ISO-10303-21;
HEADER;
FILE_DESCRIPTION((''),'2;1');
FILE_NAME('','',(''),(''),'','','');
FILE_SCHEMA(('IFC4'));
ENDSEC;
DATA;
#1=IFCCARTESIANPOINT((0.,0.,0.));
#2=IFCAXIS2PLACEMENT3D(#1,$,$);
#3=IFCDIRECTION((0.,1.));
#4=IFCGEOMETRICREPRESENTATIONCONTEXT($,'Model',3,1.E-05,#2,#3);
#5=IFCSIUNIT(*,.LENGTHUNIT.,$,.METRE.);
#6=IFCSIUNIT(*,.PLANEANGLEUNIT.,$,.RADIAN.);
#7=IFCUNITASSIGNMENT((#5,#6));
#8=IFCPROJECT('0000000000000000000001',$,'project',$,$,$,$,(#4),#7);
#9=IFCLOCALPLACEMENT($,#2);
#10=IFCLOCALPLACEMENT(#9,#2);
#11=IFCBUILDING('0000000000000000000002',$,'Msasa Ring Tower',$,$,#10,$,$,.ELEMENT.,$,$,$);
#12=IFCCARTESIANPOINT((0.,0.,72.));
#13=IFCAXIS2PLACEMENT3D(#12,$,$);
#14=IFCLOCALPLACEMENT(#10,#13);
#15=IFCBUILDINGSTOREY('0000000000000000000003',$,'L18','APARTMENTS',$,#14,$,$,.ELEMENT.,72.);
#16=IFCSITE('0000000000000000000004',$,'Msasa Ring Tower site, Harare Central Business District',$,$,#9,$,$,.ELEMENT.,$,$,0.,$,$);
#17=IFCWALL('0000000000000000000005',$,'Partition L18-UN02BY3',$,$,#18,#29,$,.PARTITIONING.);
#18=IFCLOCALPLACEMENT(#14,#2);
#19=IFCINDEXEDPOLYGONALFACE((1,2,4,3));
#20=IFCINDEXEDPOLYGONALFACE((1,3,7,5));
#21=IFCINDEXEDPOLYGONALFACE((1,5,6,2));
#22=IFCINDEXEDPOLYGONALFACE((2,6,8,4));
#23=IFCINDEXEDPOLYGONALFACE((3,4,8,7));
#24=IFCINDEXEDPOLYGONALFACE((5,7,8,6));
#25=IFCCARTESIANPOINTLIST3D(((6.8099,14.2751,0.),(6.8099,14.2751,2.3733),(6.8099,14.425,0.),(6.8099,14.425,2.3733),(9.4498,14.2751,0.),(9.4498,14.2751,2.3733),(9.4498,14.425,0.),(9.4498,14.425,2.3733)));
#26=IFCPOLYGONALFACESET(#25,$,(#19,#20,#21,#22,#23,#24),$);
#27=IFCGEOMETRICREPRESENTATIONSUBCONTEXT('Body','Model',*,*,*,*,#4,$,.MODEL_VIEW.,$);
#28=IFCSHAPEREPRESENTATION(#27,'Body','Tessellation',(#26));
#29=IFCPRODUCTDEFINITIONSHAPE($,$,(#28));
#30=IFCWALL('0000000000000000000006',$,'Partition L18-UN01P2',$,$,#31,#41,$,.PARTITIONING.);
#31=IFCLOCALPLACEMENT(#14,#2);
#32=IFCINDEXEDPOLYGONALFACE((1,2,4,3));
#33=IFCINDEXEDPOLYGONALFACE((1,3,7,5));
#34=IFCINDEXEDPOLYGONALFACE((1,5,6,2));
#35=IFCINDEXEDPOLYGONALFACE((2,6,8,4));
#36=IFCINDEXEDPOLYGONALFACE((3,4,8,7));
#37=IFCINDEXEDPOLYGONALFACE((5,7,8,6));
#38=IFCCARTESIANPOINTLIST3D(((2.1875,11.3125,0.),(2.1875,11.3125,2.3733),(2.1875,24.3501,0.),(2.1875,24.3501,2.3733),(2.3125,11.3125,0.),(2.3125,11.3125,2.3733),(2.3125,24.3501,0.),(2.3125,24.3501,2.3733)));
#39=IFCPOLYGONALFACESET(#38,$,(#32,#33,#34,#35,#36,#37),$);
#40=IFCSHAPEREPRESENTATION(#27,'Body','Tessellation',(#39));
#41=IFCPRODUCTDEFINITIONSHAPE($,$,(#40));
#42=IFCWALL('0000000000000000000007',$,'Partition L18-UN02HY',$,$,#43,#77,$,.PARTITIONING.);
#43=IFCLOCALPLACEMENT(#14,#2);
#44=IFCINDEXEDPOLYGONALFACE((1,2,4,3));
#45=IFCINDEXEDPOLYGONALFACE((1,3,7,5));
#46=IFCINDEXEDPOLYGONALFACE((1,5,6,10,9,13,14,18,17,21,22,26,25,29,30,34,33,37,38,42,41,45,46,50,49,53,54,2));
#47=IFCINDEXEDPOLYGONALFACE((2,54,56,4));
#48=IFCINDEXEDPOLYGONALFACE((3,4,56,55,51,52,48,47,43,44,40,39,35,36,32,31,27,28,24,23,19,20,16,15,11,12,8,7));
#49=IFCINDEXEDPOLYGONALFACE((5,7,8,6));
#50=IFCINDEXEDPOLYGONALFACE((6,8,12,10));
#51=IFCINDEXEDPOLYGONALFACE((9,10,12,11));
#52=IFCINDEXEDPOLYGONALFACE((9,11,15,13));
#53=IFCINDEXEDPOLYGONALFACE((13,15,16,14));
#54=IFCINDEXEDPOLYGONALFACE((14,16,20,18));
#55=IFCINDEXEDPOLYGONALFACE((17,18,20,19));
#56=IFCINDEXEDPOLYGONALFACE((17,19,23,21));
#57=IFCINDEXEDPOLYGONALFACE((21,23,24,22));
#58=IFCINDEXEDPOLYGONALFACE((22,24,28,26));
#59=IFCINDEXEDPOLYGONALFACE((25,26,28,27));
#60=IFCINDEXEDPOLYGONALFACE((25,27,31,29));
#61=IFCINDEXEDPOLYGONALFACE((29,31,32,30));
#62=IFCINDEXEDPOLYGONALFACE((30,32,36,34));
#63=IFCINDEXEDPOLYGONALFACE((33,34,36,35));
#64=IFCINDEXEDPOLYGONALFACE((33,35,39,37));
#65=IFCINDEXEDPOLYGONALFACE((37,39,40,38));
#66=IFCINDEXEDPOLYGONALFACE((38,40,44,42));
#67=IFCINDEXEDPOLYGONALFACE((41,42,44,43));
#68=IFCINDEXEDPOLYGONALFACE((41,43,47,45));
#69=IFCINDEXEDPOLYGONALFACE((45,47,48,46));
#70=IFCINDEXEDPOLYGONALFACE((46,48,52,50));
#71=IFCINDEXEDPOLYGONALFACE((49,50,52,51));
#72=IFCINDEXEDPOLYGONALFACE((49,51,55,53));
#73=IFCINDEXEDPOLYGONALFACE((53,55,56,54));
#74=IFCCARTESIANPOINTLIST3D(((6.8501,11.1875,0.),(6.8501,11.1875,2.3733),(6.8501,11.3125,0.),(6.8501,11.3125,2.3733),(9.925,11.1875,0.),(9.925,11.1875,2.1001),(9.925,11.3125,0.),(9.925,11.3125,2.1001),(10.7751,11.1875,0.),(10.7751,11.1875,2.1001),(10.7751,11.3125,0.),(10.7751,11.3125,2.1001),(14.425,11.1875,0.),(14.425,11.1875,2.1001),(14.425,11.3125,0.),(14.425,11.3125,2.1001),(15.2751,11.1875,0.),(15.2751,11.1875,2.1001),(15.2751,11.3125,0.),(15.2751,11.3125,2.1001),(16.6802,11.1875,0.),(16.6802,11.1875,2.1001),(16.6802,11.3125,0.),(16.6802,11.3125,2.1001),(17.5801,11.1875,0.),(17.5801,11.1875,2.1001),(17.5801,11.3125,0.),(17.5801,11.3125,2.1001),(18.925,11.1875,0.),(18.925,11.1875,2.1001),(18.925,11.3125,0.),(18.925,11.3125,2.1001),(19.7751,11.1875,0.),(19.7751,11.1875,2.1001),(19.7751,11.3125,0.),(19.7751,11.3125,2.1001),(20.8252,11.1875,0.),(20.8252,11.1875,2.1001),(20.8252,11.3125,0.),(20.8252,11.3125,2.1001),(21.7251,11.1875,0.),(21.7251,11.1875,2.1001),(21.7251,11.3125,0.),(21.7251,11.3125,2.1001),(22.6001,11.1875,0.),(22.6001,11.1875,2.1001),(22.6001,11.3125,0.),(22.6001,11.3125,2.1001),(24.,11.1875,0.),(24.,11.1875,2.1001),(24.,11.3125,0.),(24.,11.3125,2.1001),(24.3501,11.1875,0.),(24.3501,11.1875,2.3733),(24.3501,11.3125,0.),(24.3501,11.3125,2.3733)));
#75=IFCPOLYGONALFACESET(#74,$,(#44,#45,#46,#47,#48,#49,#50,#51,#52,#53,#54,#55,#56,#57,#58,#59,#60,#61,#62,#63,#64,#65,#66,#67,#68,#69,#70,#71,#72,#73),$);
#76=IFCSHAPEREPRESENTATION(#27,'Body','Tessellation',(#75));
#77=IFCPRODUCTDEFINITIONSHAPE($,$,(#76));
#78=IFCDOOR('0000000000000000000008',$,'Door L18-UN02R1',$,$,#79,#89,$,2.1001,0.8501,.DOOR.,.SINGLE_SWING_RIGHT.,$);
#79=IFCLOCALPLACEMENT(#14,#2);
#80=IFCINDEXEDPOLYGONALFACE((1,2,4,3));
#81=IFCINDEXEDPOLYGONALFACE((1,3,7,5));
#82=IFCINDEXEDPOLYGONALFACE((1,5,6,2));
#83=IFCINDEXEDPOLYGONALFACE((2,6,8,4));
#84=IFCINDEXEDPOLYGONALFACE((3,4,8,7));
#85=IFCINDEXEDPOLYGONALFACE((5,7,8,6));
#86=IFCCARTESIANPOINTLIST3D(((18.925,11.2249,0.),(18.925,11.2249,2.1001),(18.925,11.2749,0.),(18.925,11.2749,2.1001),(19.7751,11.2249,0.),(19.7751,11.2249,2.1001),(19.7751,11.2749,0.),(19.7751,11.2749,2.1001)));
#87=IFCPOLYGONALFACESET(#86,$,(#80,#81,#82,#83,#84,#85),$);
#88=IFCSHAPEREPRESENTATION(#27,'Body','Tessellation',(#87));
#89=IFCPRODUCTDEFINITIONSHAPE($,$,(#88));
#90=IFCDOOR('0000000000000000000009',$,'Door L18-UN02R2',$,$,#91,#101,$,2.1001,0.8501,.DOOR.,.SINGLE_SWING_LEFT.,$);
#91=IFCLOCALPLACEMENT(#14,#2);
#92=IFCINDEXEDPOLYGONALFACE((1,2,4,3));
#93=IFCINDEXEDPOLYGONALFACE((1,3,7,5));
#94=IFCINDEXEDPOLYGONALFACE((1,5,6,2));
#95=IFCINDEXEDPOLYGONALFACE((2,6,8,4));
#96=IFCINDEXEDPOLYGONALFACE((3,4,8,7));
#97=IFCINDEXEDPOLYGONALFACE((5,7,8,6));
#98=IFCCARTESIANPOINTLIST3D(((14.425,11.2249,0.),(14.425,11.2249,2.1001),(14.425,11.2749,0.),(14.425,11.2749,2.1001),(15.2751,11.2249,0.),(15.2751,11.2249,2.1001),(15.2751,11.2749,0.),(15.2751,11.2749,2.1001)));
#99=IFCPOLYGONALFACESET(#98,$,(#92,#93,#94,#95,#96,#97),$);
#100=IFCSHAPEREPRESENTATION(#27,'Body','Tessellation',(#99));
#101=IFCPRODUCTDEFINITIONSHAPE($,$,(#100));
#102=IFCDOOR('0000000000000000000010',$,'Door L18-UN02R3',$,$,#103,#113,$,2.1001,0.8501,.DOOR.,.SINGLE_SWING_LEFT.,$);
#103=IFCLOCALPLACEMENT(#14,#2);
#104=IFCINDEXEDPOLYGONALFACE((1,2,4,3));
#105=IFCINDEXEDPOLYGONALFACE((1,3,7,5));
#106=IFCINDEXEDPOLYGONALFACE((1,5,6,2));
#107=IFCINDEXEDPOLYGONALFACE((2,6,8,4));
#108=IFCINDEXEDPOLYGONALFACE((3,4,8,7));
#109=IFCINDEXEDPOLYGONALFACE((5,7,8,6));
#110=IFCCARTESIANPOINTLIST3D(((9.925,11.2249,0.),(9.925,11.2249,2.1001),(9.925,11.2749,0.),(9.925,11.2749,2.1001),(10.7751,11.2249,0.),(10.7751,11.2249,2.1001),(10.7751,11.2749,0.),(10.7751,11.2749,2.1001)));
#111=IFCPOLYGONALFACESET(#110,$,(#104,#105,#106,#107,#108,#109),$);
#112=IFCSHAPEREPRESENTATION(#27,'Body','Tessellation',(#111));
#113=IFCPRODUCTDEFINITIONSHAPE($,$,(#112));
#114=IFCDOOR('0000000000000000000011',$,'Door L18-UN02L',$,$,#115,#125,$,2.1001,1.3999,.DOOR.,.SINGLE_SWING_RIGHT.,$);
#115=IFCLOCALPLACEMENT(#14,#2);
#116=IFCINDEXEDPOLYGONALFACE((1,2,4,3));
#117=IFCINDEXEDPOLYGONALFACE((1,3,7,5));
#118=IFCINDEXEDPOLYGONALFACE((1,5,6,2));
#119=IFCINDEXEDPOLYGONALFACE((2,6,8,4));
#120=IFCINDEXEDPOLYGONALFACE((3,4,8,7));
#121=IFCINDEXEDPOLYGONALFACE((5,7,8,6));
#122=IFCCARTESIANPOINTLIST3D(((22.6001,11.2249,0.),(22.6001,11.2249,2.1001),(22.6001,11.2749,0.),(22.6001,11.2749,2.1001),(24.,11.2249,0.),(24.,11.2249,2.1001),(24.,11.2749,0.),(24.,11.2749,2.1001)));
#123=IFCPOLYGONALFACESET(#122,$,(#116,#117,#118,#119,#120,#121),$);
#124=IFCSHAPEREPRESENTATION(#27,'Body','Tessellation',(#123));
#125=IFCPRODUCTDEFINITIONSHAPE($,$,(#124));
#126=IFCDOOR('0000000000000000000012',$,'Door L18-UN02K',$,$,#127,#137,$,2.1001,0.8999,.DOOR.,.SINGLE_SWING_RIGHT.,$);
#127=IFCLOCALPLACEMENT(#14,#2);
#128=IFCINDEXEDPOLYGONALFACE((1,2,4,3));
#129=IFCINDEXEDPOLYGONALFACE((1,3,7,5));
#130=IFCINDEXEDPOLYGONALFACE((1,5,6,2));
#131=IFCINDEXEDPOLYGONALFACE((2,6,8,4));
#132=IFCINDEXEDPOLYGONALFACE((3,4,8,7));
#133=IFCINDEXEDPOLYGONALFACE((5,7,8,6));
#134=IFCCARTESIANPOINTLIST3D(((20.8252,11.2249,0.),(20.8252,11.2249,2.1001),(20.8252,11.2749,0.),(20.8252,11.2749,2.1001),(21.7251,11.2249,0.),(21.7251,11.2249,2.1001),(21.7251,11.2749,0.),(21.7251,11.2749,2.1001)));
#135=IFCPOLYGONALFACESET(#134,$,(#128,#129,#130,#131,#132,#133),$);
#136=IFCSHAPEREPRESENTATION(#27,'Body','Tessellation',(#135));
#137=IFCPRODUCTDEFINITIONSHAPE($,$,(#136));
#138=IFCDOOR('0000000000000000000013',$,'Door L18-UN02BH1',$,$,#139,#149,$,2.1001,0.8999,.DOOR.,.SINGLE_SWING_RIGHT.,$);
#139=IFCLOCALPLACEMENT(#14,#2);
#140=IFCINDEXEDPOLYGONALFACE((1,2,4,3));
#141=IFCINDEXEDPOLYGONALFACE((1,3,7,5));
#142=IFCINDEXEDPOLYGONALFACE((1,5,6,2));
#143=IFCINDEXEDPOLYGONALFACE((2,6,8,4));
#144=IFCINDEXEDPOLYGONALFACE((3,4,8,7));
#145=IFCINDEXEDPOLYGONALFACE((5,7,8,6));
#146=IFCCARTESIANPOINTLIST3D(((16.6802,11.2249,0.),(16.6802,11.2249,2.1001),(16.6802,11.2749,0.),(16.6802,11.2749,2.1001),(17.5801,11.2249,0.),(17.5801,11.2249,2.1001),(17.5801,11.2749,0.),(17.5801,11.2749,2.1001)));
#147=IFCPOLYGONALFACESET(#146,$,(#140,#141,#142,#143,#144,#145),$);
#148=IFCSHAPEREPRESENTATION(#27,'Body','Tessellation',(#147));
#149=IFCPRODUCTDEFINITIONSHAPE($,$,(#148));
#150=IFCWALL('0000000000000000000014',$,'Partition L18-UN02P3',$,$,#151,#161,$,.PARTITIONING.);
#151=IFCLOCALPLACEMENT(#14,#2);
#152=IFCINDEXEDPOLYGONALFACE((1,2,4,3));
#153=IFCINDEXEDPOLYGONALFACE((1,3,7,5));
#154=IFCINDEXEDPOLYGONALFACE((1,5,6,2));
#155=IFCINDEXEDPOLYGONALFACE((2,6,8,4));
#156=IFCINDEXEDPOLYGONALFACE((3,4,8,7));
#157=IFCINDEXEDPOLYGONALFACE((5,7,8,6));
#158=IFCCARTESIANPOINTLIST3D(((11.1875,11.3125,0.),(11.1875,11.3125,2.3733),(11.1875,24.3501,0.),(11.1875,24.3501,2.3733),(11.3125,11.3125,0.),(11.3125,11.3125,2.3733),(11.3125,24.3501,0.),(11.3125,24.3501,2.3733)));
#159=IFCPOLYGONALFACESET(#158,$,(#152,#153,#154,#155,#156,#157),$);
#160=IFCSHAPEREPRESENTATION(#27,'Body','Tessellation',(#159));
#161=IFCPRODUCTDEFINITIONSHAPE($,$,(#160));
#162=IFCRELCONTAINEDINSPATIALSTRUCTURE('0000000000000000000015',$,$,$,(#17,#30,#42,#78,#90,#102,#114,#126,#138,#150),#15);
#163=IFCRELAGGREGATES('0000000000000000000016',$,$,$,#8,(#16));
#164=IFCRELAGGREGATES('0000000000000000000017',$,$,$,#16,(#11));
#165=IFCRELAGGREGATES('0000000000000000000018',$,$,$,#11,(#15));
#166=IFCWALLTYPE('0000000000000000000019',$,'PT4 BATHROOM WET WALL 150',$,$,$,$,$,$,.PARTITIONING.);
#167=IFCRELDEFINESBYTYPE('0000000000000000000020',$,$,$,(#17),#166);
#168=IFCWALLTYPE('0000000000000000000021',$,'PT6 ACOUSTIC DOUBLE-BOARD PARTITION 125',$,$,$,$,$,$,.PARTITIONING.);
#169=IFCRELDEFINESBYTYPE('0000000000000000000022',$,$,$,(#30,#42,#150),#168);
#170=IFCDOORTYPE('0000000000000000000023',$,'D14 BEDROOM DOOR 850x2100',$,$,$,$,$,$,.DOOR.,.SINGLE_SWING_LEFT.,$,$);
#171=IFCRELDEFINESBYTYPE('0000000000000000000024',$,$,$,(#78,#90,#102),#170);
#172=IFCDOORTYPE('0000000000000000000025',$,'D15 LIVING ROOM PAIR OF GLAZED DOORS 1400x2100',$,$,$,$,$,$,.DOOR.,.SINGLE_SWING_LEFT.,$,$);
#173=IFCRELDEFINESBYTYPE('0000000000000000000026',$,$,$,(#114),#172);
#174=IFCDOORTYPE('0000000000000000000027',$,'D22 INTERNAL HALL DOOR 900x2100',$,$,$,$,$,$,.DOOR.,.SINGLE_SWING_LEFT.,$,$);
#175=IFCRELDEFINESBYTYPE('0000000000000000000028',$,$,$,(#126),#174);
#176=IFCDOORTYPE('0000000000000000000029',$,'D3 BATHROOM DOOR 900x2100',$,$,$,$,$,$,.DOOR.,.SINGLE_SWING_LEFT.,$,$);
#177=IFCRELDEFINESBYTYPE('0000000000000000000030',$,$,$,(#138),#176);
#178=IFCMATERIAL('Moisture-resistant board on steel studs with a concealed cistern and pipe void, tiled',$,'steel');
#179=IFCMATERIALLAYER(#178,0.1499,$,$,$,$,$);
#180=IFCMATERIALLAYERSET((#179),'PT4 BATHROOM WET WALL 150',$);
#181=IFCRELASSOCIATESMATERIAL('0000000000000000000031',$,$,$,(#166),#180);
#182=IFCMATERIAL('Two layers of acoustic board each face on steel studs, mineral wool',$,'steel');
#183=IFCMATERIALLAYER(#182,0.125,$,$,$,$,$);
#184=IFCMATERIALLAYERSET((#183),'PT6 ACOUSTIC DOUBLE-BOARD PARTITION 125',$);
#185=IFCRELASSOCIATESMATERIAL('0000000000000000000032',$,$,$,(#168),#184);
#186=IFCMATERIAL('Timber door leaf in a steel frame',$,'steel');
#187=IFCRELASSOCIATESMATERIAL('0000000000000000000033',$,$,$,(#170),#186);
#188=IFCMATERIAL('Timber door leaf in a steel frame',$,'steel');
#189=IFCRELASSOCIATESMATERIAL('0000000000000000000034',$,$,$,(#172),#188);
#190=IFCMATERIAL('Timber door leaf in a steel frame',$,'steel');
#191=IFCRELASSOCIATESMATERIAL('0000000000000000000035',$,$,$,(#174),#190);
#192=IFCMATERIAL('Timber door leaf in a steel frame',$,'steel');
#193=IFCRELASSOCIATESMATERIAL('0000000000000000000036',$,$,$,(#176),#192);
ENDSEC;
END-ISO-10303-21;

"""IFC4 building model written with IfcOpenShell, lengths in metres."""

from ifc_helpers import new_model, si_unit, direction, frame, frame_2d, origin, place, context, subcontext, project, spatial, rectangle, extrude, material, layer, layer_set, type_object, element, fill, save


model = new_model("IFC4")

# Units and contexts
model_context = context("Model", 3, precision=1e-05, world=origin(), true_north=direction((0.0, 1.0)))
body_context = subcontext(model_context, "Body", "Model", "MODEL_VIEW")
ifc_project = project(units=[si_unit("LENGTHUNIT", "METRE"), si_unit("PLANEANGLEUNIT", "RADIAN")], contexts=[model_context])

# Site, building, storey
site_placement = place(None, origin())
site = spatial("IfcSite", under=ifc_project, at=site_placement, Name="Msasa Ring Tower site, Harare Central Business District", CompositionType="ELEMENT", RefElevation=0.0)
building_placement = place(site_placement, origin())
building = spatial("IfcBuilding", under=site, at=building_placement, Name="Msasa Ring Tower", CompositionType="ELEMENT")
storey_placement = place(building_placement, frame((0.0, 0.0, 72.0)))
storey = spatial("IfcBuildingStorey", under=building, at=storey_placement, Name="L18", Description="APARTMENTS", CompositionType="ELEMENT", Elevation=72.0)

# Shared definitions
ifc_material_1 = material(Name="Moisture-resistant board on steel studs with a concealed cistern and pipe void, tiled", Category="steel")
ifc_layer_1 = layer(ifc_material_1, 0.1499)
ifc_layer_set_1 = layer_set([ifc_layer_1], Name="PT4 BATHROOM WET WALL 150")
wall_type_1 = type_object("IfcWallType", Name="PT4 BATHROOM WET WALL 150", PredefinedType="PARTITIONING", material=ifc_layer_set_1)

# Walls
wall_1_placement = place(storey_placement, frame((6.8101, 14.3501, 0.0), z_axis=(0.0, 0.0, 1.0), x_axis=(1.0, 0.0, 0.0)))
element("IfcWall", 1, at=wall_1_placement, inside=storey, type_object=wall_type_1, Name="Partition L18-UN02BY3", PredefinedType="PARTITIONING", context=body_context, shape_type="SweptSolid", body=[
    extrude(rectangle(XDim=2.6399, YDim=0.1499, at=frame_2d((1.3198, 0.0))), origin(), (0.0, 0.0, 1.0), 2.3733),
])
ifc_material_2 = material(Name="Two layers of acoustic board each face on steel studs, mineral wool", Category="steel")
ifc_layer_2 = layer(ifc_material_2, 0.125)
ifc_layer_set_2 = layer_set([ifc_layer_2], Name="PT6 ACOUSTIC DOUBLE-BOARD PARTITION 125")
wall_type_2 = type_object("IfcWallType", Name="PT6 ACOUSTIC DOUBLE-BOARD PARTITION 125", PredefinedType="PARTITIONING", material=ifc_layer_set_2)
wall_2_placement = place(storey_placement, frame((2.25, 11.3125, 0.0), z_axis=(0.0, 0.0, 1.0), x_axis=(0.0, 1.0, 0.0)))
element("IfcWall", 2, at=wall_2_placement, inside=storey, type_object=wall_type_2, Name="Partition L18-UN01P2", PredefinedType="PARTITIONING", context=body_context, shape_type="SweptSolid", body=[
    extrude(rectangle(XDim=13.0376, YDim=0.125, at=frame_2d((6.5188, 0.0))), origin(), (0.0, 0.0, 1.0), 2.3733),
])

# Wall, openings, doors
wall_3_placement = place(storey_placement, frame((6.8501, 11.25, 0.0), z_axis=(0.0, 0.0, 1.0), x_axis=(1.0, 0.0, 0.0)))
wall_3 = element("IfcWall", 3, at=wall_3_placement, inside=storey, type_object=wall_type_2, Name="Partition L18-UN02HY", PredefinedType="PARTITIONING", context=body_context, shape_type="SweptSolid", body=[
    extrude(rectangle(XDim=17.5, YDim=0.125, at=frame_2d((8.75, 0.0))), origin(), (0.0, 0.0, 1.0), 2.3733),
])
opening_1_placement = place(wall_3_placement, frame((13.9751, 0.0, 0.0)))
opening_1 = element("IfcOpeningElement", 4, at=opening_1_placement, cuts=wall_3, PredefinedType="OPENING", context=body_context, shape_type="SweptSolid", body=[
    extrude(rectangle(XDim=0.8999, YDim=2.1001, at=frame_2d((0.45, 1.05))), frame((0.0, 0.0725, 0.0), z_axis=(0.0, -1.0, 0.0), x_axis=(1.0, 0.0, 0.0)), (0.0, 0.0, 1.0), 0.145),
])
opening_2_placement = place(wall_3_placement, frame((15.75, 0.0, 0.0)))
opening_2 = element("IfcOpeningElement", 5, at=opening_2_placement, cuts=wall_3, PredefinedType="OPENING", context=body_context, shape_type="SweptSolid", body=[
    extrude(rectangle(XDim=1.3999, YDim=2.1001, at=frame_2d((0.7, 1.05))), frame((0.0, 0.0725, 0.0), z_axis=(0.0, -1.0, 0.0), x_axis=(1.0, 0.0, 0.0)), (0.0, 0.0, 1.0), 0.145),
])
opening_3_placement = place(wall_3_placement, frame((12.075, 0.0, 0.0)))
opening_3 = element("IfcOpeningElement", 6, at=opening_3_placement, cuts=wall_3, PredefinedType="OPENING", context=body_context, shape_type="SweptSolid", body=[
    extrude(rectangle(XDim=0.8501, YDim=2.1001, at=frame_2d((0.425, 1.05))), frame((0.0, 0.0725, 0.0), z_axis=(0.0, -1.0, 0.0), x_axis=(1.0, 0.0, 0.0)), (0.0, 0.0, 1.0), 0.145),
])
opening_4_placement = place(wall_3_placement, frame((9.8301, 0.0, 0.0)))
opening_4 = element("IfcOpeningElement", 7, at=opening_4_placement, cuts=wall_3, PredefinedType="OPENING", context=body_context, shape_type="SweptSolid", body=[
    extrude(rectangle(XDim=0.8999, YDim=2.1001, at=frame_2d((0.45, 1.05))), frame((0.0, 0.0725, 0.0), z_axis=(0.0, -1.0, 0.0), x_axis=(1.0, 0.0, 0.0)), (0.0, 0.0, 1.0), 0.145),
])
opening_5_placement = place(wall_3_placement, frame((7.575, 0.0, 0.0)))
opening_5 = element("IfcOpeningElement", 8, at=opening_5_placement, cuts=wall_3, PredefinedType="OPENING", context=body_context, shape_type="SweptSolid", body=[
    extrude(rectangle(XDim=0.8501, YDim=2.1001, at=frame_2d((0.425, 1.05))), frame((0.0, 0.0725, 0.0), z_axis=(0.0, -1.0, 0.0), x_axis=(1.0, 0.0, 0.0)), (0.0, 0.0, 1.0), 0.145),
])
opening_6_placement = place(wall_3_placement, frame((3.075, 0.0, 0.0)))
opening_6 = element("IfcOpeningElement", 9, at=opening_6_placement, cuts=wall_3, PredefinedType="OPENING", context=body_context, shape_type="SweptSolid", body=[
    extrude(rectangle(XDim=0.8501, YDim=2.1001, at=frame_2d((0.425, 1.05))), frame((0.0, 0.0725, 0.0), z_axis=(0.0, -1.0, 0.0), x_axis=(1.0, 0.0, 0.0)), (0.0, 0.0, 1.0), 0.145),
])
ifc_material_3 = material(Name="Timber door leaf in a steel frame", Category="steel")
door_type_1 = type_object("IfcDoorType", Name="D14 BEDROOM DOOR 850x2100", OperationType="SINGLE_SWING_LEFT", PredefinedType="DOOR", material=ifc_material_3)
door_1_placement = place(opening_3_placement, origin())
door_1 = element("IfcDoor", 10, at=door_1_placement, inside=storey, type_object=door_type_1, Name="Door L18-UN02R1", OperationType="SINGLE_SWING_RIGHT", OverallHeight=2.1001, OverallWidth=0.8501, PredefinedType="DOOR", context=body_context, shape_type="SweptSolid", body=[
    extrude(rectangle(XDim=0.8501, YDim=2.1001, at=frame_2d((0.425, 1.05))), frame((0.0, 0.0249, 0.0), z_axis=(0.0, -1.0, 0.0), x_axis=(1.0, 0.0, 0.0)), (0.0, 0.0, 1.0), 0.05),
])
fill(opening_3, door_1)
door_2_placement = place(opening_5_placement, origin())
door_2 = element("IfcDoor", 11, at=door_2_placement, inside=storey, type_object=door_type_1, Name="Door L18-UN02R2", OperationType="SINGLE_SWING_LEFT", OverallHeight=2.1001, OverallWidth=0.8501, PredefinedType="DOOR", context=body_context, shape_type="SweptSolid", body=[
    extrude(rectangle(XDim=0.8501, YDim=2.1001, at=frame_2d((0.425, 1.05))), frame((0.0, 0.0249, 0.0), z_axis=(0.0, -1.0, 0.0), x_axis=(1.0, 0.0, 0.0)), (0.0, 0.0, 1.0), 0.05),
])
fill(opening_5, door_2)
door_3_placement = place(opening_6_placement, origin())
door_3 = element("IfcDoor", 12, at=door_3_placement, inside=storey, type_object=door_type_1, Name="Door L18-UN02R3", OperationType="SINGLE_SWING_LEFT", OverallHeight=2.1001, OverallWidth=0.8501, PredefinedType="DOOR", context=body_context, shape_type="SweptSolid", body=[
    extrude(rectangle(XDim=0.8501, YDim=2.1001, at=frame_2d((0.425, 1.05))), frame((0.0, 0.0249, 0.0), z_axis=(0.0, -1.0, 0.0), x_axis=(1.0, 0.0, 0.0)), (0.0, 0.0, 1.0), 0.05),
])
fill(opening_6, door_3)
ifc_material_4 = material(Name="Timber door leaf in a steel frame", Category="steel")
door_type_2 = type_object("IfcDoorType", Name="D15 LIVING ROOM PAIR OF GLAZED DOORS 1400x2100", OperationType="SINGLE_SWING_LEFT", PredefinedType="DOOR", material=ifc_material_4)
door_4_placement = place(opening_2_placement, origin())
door_4 = element("IfcDoor", 13, at=door_4_placement, inside=storey, type_object=door_type_2, Name="Door L18-UN02L", OperationType="SINGLE_SWING_RIGHT", OverallHeight=2.1001, OverallWidth=1.3999, PredefinedType="DOOR", context=body_context, shape_type="SweptSolid", body=[
    extrude(rectangle(XDim=1.3999, YDim=2.1001, at=frame_2d((0.7, 1.05))), frame((0.0, 0.0249, 0.0), z_axis=(0.0, -1.0, 0.0), x_axis=(1.0, 0.0, 0.0)), (0.0, 0.0, 1.0), 0.05),
])
fill(opening_2, door_4)
ifc_material_5 = material(Name="Timber door leaf in a steel frame", Category="steel")
door_type_3 = type_object("IfcDoorType", Name="D22 INTERNAL HALL DOOR 900x2100", OperationType="SINGLE_SWING_LEFT", PredefinedType="DOOR", material=ifc_material_5)
door_5_placement = place(opening_1_placement, origin())
door_5 = element("IfcDoor", 14, at=door_5_placement, inside=storey, type_object=door_type_3, Name="Door L18-UN02K", OperationType="SINGLE_SWING_RIGHT", OverallHeight=2.1001, OverallWidth=0.8999, PredefinedType="DOOR", context=body_context, shape_type="SweptSolid", body=[
    extrude(rectangle(XDim=0.8999, YDim=2.1001, at=frame_2d((0.45, 1.05))), frame((0.0, 0.0249, 0.0), z_axis=(0.0, -1.0, 0.0), x_axis=(1.0, 0.0, 0.0)), (0.0, 0.0, 1.0), 0.05),
])
fill(opening_1, door_5)
ifc_material_6 = material(Name="Timber door leaf in a steel frame", Category="steel")
door_type_4 = type_object("IfcDoorType", Name="D3 BATHROOM DOOR 900x2100", OperationType="SINGLE_SWING_LEFT", PredefinedType="DOOR", material=ifc_material_6)
door_6_placement = place(opening_4_placement, origin())
door_6 = element("IfcDoor", 15, at=door_6_placement, inside=storey, type_object=door_type_4, Name="Door L18-UN02BH1", OperationType="SINGLE_SWING_RIGHT", OverallHeight=2.1001, OverallWidth=0.8999, PredefinedType="DOOR", context=body_context, shape_type="SweptSolid", body=[
    extrude(rectangle(XDim=0.8999, YDim=2.1001, at=frame_2d((0.45, 1.05))), frame((0.0, 0.0249, 0.0), z_axis=(0.0, -1.0, 0.0), x_axis=(1.0, 0.0, 0.0)), (0.0, 0.0, 1.0), 0.05),
])
fill(opening_4, door_6)

# Wall
wall_4_placement = place(storey_placement, frame((11.25, 11.3125, 0.0), z_axis=(0.0, 0.0, 1.0), x_axis=(0.0, 1.0, 0.0)))
element("IfcWall", 16, at=wall_4_placement, inside=storey, type_object=wall_type_2, Name="Partition L18-UN02P3", PredefinedType="PARTITIONING", context=body_context, shape_type="SweptSolid", body=[
    extrude(rectangle(XDim=13.0376, YDim=0.125, at=frame_2d((6.5188, 0.0))), origin(), (0.0, 0.0, 1.0), 2.3733),
])

save(model, "model.ifc")
